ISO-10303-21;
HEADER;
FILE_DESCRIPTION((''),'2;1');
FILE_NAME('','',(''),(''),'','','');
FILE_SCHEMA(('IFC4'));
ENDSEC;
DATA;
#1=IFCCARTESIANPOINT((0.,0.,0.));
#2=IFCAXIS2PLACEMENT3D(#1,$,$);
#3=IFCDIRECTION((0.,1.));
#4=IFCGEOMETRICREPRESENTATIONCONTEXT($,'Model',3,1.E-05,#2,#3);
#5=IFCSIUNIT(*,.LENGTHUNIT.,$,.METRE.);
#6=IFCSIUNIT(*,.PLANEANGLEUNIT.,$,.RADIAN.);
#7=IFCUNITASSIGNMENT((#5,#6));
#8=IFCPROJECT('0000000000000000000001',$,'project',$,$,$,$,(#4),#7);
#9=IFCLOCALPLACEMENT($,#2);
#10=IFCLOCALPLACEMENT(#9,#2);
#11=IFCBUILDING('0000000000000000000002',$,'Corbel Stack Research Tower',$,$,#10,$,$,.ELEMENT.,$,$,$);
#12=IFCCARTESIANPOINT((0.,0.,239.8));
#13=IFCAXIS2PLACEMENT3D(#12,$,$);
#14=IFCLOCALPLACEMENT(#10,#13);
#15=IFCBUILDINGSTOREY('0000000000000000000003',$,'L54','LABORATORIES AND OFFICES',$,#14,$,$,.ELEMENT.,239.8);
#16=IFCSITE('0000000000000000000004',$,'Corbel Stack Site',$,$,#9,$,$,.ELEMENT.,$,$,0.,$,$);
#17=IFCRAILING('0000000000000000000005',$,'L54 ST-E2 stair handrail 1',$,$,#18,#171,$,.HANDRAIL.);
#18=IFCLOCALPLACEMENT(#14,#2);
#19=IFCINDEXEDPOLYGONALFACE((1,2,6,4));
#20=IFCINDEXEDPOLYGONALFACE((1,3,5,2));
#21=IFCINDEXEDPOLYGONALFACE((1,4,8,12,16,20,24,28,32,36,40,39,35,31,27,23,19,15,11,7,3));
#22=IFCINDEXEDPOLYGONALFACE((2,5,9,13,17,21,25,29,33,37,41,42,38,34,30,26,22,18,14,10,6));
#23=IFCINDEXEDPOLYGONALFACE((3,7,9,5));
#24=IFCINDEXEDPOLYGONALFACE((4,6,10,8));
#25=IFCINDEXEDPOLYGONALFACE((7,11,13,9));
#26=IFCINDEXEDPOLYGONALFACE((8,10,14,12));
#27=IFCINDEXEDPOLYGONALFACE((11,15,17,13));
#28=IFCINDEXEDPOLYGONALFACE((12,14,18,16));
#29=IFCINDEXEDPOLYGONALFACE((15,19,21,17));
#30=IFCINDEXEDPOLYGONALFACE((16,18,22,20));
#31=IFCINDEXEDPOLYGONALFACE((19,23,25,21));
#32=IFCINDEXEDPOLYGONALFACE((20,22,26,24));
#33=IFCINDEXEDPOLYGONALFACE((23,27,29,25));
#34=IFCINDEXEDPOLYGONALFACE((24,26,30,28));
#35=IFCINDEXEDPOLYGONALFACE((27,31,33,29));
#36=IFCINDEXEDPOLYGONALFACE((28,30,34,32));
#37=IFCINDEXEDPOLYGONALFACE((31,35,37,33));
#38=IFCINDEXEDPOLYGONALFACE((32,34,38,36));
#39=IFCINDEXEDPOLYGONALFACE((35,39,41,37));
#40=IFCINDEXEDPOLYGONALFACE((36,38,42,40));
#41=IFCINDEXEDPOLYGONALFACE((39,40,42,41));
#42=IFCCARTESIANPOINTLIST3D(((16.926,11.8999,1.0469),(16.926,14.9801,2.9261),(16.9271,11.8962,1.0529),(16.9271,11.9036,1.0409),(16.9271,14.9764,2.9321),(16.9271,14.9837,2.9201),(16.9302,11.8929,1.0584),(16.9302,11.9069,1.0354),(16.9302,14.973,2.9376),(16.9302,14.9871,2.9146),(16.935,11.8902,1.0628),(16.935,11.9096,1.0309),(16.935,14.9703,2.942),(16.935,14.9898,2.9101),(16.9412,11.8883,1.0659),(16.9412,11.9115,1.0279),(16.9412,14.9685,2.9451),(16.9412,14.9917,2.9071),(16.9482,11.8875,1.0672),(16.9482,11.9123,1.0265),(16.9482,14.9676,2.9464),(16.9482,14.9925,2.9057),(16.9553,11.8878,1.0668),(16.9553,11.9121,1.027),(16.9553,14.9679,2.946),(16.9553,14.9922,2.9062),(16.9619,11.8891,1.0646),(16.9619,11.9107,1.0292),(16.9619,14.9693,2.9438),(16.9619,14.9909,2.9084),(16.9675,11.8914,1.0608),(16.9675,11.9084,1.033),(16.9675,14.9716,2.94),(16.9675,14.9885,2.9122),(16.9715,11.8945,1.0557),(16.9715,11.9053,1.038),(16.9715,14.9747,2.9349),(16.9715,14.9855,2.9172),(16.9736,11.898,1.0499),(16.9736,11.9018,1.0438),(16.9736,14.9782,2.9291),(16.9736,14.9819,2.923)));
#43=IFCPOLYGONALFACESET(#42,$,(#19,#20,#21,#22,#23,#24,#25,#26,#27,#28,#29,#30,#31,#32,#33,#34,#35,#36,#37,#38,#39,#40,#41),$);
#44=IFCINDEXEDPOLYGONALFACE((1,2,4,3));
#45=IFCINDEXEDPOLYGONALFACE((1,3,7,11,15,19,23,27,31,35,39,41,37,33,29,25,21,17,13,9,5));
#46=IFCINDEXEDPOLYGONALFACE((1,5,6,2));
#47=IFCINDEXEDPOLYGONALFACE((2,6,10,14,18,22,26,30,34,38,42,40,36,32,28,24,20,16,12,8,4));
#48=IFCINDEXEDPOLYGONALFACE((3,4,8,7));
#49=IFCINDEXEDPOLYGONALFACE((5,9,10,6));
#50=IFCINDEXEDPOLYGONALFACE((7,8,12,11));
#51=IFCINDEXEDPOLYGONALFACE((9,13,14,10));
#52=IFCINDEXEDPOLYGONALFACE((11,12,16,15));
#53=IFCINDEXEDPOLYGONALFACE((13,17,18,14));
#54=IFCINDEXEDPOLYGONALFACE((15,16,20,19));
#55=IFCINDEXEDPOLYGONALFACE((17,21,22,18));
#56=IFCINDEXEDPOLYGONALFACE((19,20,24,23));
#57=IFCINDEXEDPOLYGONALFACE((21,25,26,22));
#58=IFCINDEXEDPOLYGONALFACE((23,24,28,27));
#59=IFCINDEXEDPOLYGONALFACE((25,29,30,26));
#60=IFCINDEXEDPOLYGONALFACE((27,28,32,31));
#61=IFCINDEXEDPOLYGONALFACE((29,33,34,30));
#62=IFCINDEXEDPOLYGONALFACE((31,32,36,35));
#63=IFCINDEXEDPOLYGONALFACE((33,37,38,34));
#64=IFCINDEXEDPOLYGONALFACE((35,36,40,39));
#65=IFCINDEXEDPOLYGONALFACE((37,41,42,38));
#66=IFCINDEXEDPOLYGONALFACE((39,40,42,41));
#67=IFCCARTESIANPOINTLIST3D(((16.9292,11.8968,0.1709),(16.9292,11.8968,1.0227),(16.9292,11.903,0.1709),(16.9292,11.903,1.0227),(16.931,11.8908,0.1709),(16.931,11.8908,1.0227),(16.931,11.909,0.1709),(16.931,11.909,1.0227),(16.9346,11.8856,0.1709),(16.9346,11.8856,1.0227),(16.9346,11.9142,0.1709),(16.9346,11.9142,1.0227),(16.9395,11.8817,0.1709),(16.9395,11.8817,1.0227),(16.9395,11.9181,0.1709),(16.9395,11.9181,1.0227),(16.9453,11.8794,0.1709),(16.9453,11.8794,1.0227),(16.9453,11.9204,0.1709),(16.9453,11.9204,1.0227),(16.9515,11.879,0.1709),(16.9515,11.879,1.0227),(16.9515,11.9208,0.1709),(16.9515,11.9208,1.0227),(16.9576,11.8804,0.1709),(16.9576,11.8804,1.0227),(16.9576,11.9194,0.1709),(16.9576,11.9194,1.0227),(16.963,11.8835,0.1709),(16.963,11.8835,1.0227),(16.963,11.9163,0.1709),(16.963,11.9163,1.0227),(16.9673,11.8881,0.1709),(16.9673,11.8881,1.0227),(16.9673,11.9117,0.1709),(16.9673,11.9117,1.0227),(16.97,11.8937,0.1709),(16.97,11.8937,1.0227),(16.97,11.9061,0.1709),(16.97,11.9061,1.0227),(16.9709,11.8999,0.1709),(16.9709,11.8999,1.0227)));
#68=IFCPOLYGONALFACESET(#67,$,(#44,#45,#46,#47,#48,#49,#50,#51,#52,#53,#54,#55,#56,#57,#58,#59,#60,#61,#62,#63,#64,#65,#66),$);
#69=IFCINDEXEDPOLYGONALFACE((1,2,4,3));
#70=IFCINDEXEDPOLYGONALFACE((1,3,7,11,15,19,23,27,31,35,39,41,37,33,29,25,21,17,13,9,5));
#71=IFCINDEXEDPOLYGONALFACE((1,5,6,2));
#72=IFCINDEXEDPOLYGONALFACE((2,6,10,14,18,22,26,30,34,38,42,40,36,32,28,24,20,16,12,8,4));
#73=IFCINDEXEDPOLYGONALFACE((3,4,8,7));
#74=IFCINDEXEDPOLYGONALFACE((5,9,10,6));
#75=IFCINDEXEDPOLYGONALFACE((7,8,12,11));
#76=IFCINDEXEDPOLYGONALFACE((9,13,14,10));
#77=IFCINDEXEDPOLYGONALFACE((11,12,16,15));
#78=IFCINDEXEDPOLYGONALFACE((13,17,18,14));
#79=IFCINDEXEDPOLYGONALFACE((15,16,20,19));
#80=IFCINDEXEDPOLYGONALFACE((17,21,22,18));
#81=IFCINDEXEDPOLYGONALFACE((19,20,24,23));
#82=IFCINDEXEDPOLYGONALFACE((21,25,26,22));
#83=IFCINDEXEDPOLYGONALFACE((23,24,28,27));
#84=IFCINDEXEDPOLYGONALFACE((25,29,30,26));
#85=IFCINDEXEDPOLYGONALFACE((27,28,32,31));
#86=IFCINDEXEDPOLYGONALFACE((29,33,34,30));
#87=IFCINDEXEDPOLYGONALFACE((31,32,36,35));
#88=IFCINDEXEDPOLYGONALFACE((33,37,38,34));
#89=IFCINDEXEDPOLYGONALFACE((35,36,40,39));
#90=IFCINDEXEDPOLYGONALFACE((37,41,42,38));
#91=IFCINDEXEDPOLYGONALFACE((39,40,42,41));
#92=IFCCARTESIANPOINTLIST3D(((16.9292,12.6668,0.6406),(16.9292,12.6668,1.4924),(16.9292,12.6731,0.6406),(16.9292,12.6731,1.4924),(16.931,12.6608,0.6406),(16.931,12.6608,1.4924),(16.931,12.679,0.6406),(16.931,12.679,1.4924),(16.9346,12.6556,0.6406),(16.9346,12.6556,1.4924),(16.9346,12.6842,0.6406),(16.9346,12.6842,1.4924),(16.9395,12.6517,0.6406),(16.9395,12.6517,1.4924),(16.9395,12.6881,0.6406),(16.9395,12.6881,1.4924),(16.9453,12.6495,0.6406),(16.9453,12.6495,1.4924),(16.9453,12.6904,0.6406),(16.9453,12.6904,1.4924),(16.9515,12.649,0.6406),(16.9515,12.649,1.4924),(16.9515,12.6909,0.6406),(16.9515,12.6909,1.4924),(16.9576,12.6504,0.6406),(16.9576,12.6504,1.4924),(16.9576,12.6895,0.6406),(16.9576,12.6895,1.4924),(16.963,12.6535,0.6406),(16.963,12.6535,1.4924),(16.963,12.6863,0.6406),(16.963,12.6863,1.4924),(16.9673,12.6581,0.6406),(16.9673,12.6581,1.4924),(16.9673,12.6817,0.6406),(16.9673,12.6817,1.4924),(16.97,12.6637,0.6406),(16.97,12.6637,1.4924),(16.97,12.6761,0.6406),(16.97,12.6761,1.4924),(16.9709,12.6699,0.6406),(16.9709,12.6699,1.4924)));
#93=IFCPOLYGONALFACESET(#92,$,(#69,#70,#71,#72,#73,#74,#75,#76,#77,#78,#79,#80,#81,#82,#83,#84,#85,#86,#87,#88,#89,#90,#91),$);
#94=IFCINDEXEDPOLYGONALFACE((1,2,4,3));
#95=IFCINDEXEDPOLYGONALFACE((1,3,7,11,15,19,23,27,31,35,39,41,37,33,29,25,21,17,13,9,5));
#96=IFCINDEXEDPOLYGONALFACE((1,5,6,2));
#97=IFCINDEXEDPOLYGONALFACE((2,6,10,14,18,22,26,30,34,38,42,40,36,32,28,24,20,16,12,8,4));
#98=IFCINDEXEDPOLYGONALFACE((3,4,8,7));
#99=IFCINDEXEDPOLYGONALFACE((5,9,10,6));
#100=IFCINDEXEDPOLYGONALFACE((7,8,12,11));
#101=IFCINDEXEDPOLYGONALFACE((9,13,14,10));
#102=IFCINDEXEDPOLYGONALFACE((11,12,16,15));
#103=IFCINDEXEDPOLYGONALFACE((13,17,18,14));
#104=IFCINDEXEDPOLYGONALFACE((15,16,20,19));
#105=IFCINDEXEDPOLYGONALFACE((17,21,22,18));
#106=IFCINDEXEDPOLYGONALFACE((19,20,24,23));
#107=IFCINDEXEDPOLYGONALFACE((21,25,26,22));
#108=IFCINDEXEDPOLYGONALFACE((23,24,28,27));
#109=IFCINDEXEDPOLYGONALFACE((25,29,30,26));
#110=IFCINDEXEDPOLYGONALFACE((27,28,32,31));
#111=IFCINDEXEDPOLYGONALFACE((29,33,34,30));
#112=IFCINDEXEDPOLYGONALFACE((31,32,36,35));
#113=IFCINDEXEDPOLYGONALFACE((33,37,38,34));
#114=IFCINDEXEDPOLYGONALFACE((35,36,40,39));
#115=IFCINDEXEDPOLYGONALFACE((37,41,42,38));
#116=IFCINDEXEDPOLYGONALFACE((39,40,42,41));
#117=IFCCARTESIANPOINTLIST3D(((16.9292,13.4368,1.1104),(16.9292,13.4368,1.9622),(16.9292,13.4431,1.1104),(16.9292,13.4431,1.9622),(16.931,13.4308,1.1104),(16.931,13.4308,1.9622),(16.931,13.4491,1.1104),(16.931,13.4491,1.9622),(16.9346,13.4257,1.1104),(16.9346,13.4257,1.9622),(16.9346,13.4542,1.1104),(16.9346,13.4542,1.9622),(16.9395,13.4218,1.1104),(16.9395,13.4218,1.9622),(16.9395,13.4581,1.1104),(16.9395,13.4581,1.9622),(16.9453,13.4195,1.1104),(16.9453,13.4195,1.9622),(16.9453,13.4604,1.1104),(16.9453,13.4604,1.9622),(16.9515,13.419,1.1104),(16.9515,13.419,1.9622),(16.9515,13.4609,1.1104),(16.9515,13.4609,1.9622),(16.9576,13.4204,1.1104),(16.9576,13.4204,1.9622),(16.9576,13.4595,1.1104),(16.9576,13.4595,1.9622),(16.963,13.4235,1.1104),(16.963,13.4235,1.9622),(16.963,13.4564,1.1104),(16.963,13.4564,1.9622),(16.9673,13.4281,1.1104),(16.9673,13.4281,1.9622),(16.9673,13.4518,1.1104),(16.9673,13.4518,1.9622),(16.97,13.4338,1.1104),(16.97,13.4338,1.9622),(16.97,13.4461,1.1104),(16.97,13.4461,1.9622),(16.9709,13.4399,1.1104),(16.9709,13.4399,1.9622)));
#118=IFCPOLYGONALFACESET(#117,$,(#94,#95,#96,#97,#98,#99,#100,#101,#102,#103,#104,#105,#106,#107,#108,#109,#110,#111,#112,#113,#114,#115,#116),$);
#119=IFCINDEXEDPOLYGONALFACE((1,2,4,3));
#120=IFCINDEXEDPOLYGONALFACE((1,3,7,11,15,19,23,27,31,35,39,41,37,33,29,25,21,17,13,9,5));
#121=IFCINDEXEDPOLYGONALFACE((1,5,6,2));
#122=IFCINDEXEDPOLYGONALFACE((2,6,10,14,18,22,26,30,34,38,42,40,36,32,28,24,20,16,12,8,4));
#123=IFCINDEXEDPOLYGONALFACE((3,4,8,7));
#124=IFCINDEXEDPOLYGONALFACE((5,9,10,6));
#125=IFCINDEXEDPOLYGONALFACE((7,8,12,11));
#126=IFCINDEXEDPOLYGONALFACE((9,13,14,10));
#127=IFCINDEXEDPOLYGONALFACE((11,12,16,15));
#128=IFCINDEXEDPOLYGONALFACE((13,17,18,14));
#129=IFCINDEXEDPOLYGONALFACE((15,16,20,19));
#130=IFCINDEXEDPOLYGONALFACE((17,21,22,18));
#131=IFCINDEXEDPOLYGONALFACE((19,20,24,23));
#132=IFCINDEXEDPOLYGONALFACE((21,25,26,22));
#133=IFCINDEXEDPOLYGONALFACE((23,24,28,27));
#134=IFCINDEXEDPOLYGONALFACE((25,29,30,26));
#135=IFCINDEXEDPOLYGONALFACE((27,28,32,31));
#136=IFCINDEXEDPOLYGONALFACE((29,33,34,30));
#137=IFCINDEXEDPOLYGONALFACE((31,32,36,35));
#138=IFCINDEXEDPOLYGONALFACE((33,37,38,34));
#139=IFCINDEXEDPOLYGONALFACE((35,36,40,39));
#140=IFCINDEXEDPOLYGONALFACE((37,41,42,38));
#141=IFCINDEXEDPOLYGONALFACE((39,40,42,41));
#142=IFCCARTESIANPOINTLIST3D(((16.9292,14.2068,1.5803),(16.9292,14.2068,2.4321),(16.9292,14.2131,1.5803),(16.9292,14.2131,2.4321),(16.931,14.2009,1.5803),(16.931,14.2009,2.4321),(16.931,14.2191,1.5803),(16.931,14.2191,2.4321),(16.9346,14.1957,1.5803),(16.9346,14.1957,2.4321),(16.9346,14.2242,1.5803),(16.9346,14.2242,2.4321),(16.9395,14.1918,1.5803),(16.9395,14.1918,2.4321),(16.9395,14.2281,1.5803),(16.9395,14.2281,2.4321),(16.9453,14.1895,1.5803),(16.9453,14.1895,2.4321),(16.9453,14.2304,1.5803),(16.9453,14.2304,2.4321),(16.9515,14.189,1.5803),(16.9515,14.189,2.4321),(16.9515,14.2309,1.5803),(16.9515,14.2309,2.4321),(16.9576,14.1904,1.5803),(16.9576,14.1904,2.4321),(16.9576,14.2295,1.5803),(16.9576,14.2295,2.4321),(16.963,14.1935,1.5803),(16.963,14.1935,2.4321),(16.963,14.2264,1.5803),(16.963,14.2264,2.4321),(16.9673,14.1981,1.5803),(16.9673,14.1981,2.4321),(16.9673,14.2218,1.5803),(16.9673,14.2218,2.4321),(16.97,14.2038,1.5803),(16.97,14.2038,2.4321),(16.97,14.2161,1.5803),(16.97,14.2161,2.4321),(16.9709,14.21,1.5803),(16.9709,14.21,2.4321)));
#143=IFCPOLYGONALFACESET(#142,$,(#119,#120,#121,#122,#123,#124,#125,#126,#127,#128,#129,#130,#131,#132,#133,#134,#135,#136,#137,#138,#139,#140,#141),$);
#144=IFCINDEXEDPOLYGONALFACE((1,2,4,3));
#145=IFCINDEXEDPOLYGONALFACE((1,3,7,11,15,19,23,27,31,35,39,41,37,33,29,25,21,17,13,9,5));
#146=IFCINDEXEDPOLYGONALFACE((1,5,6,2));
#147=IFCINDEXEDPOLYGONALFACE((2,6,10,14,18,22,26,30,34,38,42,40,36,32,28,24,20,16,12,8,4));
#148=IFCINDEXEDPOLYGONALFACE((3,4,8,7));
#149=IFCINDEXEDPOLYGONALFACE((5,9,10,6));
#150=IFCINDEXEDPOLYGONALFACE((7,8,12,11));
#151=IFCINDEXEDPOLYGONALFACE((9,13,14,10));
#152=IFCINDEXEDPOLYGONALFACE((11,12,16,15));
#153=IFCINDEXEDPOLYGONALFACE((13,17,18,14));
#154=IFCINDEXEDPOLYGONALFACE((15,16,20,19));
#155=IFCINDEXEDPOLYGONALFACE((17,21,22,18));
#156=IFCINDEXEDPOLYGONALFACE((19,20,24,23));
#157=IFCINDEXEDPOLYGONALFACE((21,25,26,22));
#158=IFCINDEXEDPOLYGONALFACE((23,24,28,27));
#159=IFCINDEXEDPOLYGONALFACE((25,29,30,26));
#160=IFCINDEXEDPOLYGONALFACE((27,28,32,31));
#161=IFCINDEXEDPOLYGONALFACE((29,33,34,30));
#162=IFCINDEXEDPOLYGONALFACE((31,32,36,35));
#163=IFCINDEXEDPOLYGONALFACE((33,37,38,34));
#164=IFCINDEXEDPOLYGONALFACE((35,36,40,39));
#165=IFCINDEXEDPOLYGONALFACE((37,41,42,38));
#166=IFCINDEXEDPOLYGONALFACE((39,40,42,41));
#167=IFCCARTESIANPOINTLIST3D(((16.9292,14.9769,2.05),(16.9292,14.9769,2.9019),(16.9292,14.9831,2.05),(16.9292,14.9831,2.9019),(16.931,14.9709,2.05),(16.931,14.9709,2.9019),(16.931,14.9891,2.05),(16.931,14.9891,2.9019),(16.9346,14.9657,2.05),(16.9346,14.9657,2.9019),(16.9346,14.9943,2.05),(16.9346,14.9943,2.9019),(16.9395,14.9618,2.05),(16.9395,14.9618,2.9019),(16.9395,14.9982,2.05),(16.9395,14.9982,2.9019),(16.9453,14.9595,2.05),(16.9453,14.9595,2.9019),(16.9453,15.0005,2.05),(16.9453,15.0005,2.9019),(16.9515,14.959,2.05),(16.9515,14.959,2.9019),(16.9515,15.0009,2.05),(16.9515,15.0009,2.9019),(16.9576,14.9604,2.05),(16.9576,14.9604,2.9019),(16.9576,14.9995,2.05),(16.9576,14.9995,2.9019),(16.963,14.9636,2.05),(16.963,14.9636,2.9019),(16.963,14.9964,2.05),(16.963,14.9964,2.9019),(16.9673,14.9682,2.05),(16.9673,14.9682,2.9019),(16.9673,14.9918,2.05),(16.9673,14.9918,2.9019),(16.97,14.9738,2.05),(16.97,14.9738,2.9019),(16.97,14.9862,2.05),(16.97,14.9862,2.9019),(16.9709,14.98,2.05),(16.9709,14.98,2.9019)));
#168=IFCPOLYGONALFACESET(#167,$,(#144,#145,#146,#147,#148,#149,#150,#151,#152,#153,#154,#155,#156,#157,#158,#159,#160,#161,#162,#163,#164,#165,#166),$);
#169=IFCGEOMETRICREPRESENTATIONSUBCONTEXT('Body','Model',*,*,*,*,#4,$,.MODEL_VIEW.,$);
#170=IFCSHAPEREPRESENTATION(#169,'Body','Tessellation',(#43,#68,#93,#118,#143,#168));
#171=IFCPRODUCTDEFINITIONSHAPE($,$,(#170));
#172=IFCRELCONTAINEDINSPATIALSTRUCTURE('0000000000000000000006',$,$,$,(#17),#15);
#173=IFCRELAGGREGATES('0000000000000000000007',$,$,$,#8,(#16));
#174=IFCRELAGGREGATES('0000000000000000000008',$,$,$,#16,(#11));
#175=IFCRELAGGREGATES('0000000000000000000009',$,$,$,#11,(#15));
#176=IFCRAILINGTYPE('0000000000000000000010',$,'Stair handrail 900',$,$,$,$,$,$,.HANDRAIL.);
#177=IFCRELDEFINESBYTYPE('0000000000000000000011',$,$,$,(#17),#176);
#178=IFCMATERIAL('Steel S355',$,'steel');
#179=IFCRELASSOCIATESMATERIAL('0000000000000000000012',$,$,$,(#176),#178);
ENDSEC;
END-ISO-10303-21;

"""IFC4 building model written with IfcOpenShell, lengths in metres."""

from ifc_helpers import new_model, si_unit, direction, frame, origin, origin_2d, place, context, subcontext, project, spatial, circle, extrude, material, type_object, element, save


model = new_model("IFC4")

# Units and contexts
model_context = context("Model", 3, precision=1e-05, world=origin(), true_north=direction((0.0, 1.0)))
body_context = subcontext(model_context, "Body", "Model", "MODEL_VIEW")
ifc_project = project(units=[si_unit("LENGTHUNIT", "METRE"), si_unit("PLANEANGLEUNIT", "RADIAN")], contexts=[model_context])

# Site, building, storey
site_placement = place(None, origin())
site = spatial("IfcSite", under=ifc_project, at=site_placement, Name="Corbel Stack Site", CompositionType="ELEMENT", RefElevation=0.0)
building_placement = place(site_placement, origin())
building = spatial("IfcBuilding", under=site, at=building_placement, Name="Corbel Stack Research Tower", CompositionType="ELEMENT")
storey_placement = place(building_placement, frame((0.0, 0.0, 239.8)))
storey = spatial("IfcBuildingStorey", under=building, at=storey_placement, Name="L54", Description="LABORATORIES AND OFFICES", CompositionType="ELEMENT", Elevation=239.8)

# Railing
ifc_material_1 = material(Name="Steel S355", Category="steel")
railing_type_1 = type_object("IfcRailingType", Name="Stair handrail 900", PredefinedType="HANDRAIL", material=ifc_material_1)
railing_1_placement = place(storey_placement, frame((16.95, 11.8999, 0.1709)))
element("IfcRailing", 1, at=railing_1_placement, inside=storey, type_object=railing_type_1, Name="L54 ST-E2 stair handrail 1", PredefinedType="HANDRAIL", context=body_context, shape_type="SweptSolid", body=[
    extrude(circle(Radius=0.0239, at=origin_2d()), frame((0.0, 0.0, 0.876), z_axis=(0.0, 0.853666, 0.52082), x_axis=(-1.0, 0.0, 0.0)), (0.0, 0.0, 1.0), 3.6082),
    extrude(circle(Radius=0.021, at=origin_2d()), origin(), (0.0, 0.0, 1.0), 0.8518),
    extrude(circle(Radius=0.021, at=origin_2d()), frame((0.0, 0.77, 0.4697)), (0.0, 0.0, 1.0), 0.8518),
    extrude(circle(Radius=0.021, at=origin_2d()), frame((0.0, 1.54, 0.9395)), (0.0, 0.0, 1.0), 0.8518),
    extrude(circle(Radius=0.021, at=origin_2d()), frame((0.0, 2.3101, 1.4094)), (0.0, 0.0, 1.0), 0.8518),
    extrude(circle(Radius=0.021, at=origin_2d()), frame((0.0, 3.0801, 1.8792)), (0.0, 0.0, 1.0), 0.8518),
])

save(model, "model.ifc")
